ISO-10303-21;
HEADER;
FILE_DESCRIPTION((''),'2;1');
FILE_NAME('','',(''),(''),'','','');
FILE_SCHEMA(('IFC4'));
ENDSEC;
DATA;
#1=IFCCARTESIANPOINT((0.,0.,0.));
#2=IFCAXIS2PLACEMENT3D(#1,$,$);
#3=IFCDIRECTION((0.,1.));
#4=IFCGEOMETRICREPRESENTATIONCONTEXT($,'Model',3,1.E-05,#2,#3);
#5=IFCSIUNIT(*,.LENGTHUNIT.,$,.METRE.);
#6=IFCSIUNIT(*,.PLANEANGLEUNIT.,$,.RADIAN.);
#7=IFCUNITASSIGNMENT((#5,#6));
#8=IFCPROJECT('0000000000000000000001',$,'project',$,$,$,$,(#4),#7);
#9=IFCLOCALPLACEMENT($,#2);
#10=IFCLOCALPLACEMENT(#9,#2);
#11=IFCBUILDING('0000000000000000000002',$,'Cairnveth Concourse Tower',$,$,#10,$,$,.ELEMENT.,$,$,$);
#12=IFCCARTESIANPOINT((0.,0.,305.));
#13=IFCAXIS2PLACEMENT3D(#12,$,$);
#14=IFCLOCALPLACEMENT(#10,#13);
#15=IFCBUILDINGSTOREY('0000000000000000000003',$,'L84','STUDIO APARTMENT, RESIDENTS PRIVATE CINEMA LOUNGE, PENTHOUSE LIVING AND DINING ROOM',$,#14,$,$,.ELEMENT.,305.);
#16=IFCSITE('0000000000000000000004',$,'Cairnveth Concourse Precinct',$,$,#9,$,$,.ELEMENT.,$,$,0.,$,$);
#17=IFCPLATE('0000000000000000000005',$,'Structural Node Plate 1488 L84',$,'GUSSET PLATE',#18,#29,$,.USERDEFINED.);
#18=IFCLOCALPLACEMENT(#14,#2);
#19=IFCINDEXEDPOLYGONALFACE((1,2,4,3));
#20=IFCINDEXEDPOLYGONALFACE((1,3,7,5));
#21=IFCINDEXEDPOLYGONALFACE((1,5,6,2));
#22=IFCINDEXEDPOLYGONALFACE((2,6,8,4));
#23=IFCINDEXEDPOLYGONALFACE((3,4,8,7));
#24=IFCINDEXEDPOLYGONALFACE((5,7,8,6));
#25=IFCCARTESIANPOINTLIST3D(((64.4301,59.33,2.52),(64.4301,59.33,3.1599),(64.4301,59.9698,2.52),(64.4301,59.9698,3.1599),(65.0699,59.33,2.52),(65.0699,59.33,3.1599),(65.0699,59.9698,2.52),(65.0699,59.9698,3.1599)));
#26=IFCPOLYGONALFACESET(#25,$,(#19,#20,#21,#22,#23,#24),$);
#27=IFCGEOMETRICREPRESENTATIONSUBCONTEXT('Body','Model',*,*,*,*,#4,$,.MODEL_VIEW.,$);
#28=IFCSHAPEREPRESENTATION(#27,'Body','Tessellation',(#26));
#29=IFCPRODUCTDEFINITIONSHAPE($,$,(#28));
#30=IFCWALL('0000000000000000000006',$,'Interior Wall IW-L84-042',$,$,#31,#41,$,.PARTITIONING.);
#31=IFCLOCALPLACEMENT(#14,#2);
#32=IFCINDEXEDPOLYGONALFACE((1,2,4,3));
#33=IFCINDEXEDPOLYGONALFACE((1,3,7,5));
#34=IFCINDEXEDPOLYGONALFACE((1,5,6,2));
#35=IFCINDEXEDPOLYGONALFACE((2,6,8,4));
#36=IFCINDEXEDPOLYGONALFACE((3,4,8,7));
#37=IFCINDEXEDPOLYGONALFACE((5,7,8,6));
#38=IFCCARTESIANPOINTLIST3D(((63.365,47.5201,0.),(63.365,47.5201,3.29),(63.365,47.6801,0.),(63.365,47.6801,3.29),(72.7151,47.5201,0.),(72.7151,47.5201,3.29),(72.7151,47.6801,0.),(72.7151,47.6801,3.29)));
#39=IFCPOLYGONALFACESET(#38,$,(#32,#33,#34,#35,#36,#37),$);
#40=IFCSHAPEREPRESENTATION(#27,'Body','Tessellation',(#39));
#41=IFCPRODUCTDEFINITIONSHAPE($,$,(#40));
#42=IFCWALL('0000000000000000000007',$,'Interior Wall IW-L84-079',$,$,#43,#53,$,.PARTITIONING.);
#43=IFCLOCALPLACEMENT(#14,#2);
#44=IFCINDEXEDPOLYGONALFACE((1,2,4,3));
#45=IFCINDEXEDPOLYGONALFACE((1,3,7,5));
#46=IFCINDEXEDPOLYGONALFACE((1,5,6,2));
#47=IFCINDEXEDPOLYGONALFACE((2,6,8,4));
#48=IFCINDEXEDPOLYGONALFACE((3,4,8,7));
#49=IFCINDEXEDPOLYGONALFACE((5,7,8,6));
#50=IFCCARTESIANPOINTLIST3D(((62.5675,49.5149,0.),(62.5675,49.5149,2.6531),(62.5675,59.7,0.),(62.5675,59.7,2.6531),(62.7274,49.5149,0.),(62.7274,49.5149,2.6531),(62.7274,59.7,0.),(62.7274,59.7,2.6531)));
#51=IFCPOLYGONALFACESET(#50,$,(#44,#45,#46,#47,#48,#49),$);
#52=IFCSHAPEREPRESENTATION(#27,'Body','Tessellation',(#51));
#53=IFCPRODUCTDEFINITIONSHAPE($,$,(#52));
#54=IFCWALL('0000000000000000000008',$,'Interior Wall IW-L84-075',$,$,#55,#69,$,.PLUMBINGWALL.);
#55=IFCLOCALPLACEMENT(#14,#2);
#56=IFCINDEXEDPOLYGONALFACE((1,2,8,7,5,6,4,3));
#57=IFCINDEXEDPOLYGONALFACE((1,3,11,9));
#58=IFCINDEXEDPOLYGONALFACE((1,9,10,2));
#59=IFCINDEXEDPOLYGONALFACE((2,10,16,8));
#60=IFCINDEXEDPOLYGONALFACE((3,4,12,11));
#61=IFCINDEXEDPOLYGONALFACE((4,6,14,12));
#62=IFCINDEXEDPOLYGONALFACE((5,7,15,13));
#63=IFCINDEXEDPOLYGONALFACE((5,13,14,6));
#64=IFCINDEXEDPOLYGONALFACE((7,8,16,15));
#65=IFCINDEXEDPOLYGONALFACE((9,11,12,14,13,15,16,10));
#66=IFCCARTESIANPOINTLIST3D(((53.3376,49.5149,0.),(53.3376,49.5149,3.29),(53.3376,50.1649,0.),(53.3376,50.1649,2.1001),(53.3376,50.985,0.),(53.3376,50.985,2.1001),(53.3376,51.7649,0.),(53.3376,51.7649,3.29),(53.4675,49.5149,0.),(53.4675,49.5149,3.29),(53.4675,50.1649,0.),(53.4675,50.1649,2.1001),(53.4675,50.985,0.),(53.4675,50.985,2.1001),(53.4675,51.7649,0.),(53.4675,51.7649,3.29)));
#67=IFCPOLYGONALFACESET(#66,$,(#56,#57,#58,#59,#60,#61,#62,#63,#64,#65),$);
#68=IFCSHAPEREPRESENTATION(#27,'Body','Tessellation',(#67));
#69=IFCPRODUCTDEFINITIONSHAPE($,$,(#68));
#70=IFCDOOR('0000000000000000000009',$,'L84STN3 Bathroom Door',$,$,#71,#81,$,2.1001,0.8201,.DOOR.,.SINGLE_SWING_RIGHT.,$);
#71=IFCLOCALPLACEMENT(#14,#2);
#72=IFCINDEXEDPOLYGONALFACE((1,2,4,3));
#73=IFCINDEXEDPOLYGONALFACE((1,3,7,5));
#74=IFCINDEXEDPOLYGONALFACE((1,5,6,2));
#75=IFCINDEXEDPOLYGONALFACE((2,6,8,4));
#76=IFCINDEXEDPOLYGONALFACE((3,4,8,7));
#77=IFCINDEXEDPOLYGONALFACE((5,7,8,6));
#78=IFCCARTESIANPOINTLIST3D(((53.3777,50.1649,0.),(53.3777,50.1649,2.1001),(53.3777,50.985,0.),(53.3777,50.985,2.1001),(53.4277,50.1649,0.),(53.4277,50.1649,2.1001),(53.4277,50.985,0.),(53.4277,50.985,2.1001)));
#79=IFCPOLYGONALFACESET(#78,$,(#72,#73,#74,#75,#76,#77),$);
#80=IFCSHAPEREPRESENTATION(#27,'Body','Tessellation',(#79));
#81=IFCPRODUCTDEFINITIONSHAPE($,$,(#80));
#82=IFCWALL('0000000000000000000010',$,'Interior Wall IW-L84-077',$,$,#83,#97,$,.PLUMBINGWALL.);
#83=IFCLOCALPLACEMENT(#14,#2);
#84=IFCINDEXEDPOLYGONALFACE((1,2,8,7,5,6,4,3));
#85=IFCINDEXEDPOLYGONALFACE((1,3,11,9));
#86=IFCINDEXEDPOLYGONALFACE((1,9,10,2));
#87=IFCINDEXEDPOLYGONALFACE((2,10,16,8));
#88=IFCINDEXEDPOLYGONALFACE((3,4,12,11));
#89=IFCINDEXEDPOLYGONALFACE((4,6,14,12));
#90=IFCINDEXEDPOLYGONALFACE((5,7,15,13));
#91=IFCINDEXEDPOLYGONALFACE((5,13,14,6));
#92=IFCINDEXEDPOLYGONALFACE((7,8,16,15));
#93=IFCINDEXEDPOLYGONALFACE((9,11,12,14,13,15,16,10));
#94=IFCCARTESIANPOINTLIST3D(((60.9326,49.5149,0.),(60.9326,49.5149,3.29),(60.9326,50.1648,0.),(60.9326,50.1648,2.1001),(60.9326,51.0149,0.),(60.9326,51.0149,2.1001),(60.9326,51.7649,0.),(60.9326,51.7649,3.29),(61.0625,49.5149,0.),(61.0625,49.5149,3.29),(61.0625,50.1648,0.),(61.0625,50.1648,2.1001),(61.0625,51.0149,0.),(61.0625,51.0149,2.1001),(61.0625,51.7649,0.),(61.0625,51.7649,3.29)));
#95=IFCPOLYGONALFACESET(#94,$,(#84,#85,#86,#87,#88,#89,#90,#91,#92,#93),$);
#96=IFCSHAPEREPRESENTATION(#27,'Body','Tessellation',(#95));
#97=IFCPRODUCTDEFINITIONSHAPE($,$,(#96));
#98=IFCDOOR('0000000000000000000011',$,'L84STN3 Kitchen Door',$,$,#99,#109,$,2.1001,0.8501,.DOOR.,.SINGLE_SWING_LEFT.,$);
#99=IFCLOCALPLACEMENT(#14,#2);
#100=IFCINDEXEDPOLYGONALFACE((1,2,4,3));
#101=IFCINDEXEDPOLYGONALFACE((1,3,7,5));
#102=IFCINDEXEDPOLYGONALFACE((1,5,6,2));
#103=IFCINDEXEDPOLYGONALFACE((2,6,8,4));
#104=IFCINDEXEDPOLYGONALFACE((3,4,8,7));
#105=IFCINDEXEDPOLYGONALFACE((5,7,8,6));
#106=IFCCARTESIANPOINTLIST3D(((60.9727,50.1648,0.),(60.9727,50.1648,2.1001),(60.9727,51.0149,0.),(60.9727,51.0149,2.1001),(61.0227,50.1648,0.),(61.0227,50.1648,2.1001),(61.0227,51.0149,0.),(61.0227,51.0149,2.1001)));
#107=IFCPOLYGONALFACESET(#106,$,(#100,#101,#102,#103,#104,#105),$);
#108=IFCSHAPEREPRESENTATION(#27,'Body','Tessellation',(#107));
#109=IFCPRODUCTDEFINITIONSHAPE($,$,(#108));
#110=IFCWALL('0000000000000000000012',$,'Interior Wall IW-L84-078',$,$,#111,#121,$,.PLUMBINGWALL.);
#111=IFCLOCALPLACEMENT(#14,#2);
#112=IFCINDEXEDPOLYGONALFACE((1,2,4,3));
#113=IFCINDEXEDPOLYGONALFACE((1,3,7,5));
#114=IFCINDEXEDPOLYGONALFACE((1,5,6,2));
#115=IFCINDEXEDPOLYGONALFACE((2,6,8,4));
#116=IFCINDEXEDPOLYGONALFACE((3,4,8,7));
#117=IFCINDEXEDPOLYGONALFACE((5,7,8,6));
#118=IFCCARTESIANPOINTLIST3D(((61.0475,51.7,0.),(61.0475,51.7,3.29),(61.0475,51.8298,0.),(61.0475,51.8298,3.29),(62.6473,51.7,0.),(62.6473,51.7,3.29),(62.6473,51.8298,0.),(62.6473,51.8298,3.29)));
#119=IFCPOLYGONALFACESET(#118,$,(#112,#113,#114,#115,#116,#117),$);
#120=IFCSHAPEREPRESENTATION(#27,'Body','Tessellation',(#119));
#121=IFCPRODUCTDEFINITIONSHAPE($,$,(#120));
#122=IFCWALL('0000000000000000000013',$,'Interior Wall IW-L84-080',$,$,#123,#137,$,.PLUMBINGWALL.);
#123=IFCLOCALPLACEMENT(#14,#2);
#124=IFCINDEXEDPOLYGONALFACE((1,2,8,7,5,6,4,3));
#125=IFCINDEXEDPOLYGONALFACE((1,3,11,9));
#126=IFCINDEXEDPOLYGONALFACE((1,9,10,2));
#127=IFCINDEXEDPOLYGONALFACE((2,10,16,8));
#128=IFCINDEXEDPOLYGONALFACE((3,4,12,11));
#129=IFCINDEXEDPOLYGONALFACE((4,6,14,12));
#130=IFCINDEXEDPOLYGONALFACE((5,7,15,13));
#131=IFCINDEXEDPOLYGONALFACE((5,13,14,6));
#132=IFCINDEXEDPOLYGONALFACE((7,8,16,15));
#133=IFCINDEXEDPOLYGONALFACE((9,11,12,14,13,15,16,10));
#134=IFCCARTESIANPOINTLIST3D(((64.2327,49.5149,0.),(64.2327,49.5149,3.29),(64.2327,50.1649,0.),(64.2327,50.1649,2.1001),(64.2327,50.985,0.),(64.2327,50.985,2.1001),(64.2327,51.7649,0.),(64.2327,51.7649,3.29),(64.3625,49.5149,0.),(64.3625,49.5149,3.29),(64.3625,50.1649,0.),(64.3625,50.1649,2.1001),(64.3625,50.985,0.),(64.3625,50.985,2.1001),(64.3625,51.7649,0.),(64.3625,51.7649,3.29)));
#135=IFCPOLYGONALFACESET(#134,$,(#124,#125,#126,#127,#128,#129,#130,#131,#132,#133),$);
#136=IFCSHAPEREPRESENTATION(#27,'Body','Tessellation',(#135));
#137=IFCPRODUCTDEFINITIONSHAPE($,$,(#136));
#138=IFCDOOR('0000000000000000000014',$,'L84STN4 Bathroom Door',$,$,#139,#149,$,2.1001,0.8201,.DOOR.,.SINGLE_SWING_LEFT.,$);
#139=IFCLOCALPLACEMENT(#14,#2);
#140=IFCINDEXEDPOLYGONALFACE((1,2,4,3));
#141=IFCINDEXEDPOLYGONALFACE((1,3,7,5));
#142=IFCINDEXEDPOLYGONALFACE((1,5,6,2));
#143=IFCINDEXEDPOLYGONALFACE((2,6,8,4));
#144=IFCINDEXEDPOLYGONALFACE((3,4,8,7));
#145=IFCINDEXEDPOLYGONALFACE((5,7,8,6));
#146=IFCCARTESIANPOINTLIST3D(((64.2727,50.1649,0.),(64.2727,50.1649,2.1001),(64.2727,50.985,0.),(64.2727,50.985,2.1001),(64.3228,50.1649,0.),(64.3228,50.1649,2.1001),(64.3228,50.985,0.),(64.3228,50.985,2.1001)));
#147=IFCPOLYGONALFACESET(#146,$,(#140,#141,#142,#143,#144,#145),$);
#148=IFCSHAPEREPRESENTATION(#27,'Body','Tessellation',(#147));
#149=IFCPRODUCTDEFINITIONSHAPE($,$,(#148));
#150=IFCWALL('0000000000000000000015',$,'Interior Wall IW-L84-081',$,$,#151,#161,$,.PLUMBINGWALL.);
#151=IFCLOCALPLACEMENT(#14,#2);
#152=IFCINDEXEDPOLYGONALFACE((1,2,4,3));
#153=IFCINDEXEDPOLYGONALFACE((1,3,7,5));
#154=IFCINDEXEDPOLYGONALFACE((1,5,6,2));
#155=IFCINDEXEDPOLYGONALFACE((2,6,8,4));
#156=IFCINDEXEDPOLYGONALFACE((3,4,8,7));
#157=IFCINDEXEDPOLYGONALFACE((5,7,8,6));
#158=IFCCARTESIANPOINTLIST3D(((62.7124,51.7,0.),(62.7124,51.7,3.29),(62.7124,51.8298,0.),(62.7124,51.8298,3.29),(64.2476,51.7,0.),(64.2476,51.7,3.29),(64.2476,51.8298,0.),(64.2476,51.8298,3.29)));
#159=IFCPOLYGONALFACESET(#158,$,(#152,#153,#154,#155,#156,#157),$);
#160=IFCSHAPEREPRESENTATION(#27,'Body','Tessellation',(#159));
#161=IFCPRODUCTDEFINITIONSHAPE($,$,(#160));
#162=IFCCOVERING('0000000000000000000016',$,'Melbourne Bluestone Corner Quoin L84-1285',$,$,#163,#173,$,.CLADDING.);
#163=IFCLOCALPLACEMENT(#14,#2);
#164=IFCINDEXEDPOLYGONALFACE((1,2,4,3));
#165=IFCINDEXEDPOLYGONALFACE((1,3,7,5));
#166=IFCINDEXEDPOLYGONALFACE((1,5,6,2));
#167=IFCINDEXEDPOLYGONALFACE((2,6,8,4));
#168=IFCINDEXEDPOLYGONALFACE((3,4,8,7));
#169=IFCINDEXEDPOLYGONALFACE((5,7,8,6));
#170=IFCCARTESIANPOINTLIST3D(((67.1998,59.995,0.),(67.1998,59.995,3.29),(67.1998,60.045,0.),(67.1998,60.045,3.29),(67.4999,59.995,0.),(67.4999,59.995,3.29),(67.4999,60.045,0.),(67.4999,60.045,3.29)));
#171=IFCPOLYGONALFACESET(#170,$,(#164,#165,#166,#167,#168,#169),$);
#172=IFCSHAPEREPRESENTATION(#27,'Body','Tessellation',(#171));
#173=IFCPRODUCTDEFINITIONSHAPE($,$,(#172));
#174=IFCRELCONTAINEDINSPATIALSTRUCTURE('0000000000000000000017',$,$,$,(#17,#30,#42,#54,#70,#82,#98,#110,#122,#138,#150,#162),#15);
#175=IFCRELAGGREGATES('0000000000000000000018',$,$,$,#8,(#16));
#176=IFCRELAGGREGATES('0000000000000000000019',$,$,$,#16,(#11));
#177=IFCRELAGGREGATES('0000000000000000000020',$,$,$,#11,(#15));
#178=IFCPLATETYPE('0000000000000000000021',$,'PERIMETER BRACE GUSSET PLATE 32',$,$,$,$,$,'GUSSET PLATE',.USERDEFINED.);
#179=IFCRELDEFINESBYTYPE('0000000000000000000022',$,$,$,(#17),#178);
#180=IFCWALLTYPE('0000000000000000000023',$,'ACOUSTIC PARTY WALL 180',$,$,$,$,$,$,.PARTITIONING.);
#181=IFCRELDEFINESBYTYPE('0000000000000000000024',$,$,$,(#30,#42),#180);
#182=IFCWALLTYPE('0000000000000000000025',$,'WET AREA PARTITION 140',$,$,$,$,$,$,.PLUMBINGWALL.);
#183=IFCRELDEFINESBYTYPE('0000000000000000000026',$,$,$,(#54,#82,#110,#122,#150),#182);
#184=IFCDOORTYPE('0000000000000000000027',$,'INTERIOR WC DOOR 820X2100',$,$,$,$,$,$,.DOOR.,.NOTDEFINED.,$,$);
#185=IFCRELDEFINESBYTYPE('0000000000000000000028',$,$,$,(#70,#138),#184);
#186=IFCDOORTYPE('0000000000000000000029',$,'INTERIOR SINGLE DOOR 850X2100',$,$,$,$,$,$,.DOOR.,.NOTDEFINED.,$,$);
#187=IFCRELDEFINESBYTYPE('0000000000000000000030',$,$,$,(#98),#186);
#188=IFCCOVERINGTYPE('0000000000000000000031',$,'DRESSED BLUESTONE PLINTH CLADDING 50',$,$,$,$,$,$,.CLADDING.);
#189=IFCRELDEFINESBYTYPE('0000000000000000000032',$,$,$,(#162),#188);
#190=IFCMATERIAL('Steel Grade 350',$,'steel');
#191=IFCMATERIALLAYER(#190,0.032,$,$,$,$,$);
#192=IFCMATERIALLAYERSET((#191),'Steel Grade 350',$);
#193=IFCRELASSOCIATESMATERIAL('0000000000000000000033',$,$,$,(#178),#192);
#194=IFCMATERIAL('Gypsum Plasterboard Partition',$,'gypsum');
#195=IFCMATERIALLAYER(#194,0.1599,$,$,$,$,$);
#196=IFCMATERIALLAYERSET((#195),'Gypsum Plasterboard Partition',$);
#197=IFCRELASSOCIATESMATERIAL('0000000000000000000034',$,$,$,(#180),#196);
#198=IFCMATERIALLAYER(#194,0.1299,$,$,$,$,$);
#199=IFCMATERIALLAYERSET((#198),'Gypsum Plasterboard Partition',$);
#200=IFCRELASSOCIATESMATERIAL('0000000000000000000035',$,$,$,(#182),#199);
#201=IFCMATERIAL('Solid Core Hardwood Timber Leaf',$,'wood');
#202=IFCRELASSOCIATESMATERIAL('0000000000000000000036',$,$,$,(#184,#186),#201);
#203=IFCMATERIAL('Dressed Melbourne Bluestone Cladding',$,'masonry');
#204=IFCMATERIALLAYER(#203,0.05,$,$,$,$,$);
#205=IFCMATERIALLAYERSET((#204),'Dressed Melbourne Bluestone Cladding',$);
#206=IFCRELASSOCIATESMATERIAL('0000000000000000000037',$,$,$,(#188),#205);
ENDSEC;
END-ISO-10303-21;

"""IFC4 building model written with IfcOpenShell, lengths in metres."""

from ifc_helpers import new_model, si_unit, direction, frame, frame_2d, origin, origin_2d, place, context, subcontext, project, spatial, rectangle, extrude, material, layer, layer_set, type_object, element, fill, save


model = new_model("IFC4")

# Units and contexts
model_context = context("Model", 3, precision=1e-05, world=origin(), true_north=direction((0.0, 1.0)))
body_context = subcontext(model_context, "Body", "Model", "MODEL_VIEW")
ifc_project = project(units=[si_unit("LENGTHUNIT", "METRE"), si_unit("PLANEANGLEUNIT", "RADIAN")], contexts=[model_context])

# Site, building, storey
site_placement = place(None, origin())
site = spatial("IfcSite", under=ifc_project, at=site_placement, Name="Cairnveth Concourse Precinct", CompositionType="ELEMENT", RefElevation=0.0)
building_placement = place(site_placement, origin())
building = spatial("IfcBuilding", under=site, at=building_placement, Name="Cairnveth Concourse Tower", CompositionType="ELEMENT")
storey_placement = place(building_placement, frame((0.0, 0.0, 305.0)))
storey = spatial("IfcBuildingStorey", under=building, at=storey_placement, Name="L84", Description="STUDIO APARTMENT, RESIDENTS PRIVATE CINEMA LOUNGE, PENTHOUSE LIVING AND DINING ROOM", CompositionType="ELEMENT", Elevation=305.0)

# Shared definitions
ifc_material_1 = material(Name="Steel Grade 350", Category="steel")

# Plate
ifc_layer_1 = layer(ifc_material_1, 0.032)
ifc_layer_set_1 = layer_set([ifc_layer_1], Name="Steel Grade 350")
plate_type = type_object("IfcPlateType", Name="PERIMETER BRACE GUSSET PLATE 32", ElementType="GUSSET PLATE", PredefinedType="USERDEFINED", material=ifc_layer_set_1)
plate_placement = place(storey_placement, frame((64.75, 59.6499, 2.52), z_axis=(0.0, 0.0, 1.0), x_axis=(1.0, 0.0, 0.0)))
element("IfcPlate", 1, at=plate_placement, inside=storey, type_object=plate_type, Name="Structural Node Plate 1488 L84", ObjectType="GUSSET PLATE", PredefinedType="USERDEFINED", context=body_context, shape_type="SweptSolid", body=[
    extrude(rectangle(XDim=0.6399, YDim=0.6399, at=origin_2d()), origin(), (0.0, 0.0, 1.0), 0.6399),
])

# Walls
ifc_material_2 = material(Name="Gypsum Plasterboard Partition", Category="gypsum")
ifc_layer_2 = layer(ifc_material_2, 0.1599)
ifc_layer_set_2 = layer_set([ifc_layer_2], Name="Gypsum Plasterboard Partition")
wall_type_1 = type_object("IfcWallType", Name="ACOUSTIC PARTY WALL 180", PredefinedType="PARTITIONING", material=ifc_layer_set_2)
wall_1_placement = place(storey_placement, frame((63.365, 47.6001, 0.0), z_axis=(0.0, 0.0, 1.0), x_axis=(1.0, 0.0, 0.0)))
element("IfcWall", 2, at=wall_1_placement, inside=storey, type_object=wall_type_1, Name="Interior Wall IW-L84-042", PredefinedType="PARTITIONING", context=body_context, shape_type="SweptSolid", body=[
    extrude(rectangle(XDim=9.3501, YDim=0.1599, at=frame_2d((4.675, 0.0))), origin(), (0.0, 0.0, 1.0), 3.29),
])
wall_2_placement = place(storey_placement, frame((62.6475, 49.5149, 0.0), z_axis=(0.0, 0.0, 1.0), x_axis=(0.0, 1.0, 0.0)))
element("IfcWall", 3, at=wall_2_placement, inside=storey, type_object=wall_type_1, Name="Interior Wall IW-L84-079", PredefinedType="PARTITIONING", context=body_context, shape_type="SweptSolid", body=[
    extrude(rectangle(XDim=10.1851, YDim=0.1599, at=frame_2d((5.0925, 0.0))), origin(), (0.0, 0.0, 1.0), 2.6531),
])

# Walls, openings, doors
ifc_layer_3 = layer(ifc_material_2, 0.1299)
ifc_layer_set_3 = layer_set([ifc_layer_3], Name="Gypsum Plasterboard Partition")
wall_type_2 = type_object("IfcWallType", Name="WET AREA PARTITION 140", PredefinedType="PLUMBINGWALL", material=ifc_layer_set_3)
wall_3_placement = place(storey_placement, frame((53.4026, 49.5149, 0.0), z_axis=(0.0, 0.0, 1.0), x_axis=(0.0, 1.0, 0.0)))
wall_3 = element("IfcWall", 4, at=wall_3_placement, inside=storey, type_object=wall_type_2, Name="Interior Wall IW-L84-075", PredefinedType="PLUMBINGWALL", context=body_context, shape_type="SweptSolid", body=[
    extrude(rectangle(XDim=2.25, YDim=0.1299, at=frame_2d((1.125, 0.0))), origin(), (0.0, 0.0, 1.0), 3.29),
])
opening_1_placement = place(wall_3_placement, frame((0.6499, 0.0, 0.0)))
opening_1 = element("IfcOpeningElement", 5, at=opening_1_placement, cuts=wall_3, PredefinedType="OPENING", context=body_context, shape_type="SweptSolid", body=[
    extrude(rectangle(XDim=0.8201, YDim=2.1001, at=frame_2d((0.4102, 1.05))), frame((0.0, 0.075, 0.0), z_axis=(0.0, -1.0, 0.0), x_axis=(1.0, 0.0, 0.0)), (0.0, 0.0, 1.0), 0.1499),
])
ifc_material_3 = material(Name="Solid Core Hardwood Timber Leaf", Category="wood")
door_type_1 = type_object("IfcDoorType", Name="INTERIOR WC DOOR 820X2100", OperationType="NOTDEFINED", PredefinedType="DOOR", material=ifc_material_3)
door_1_placement = place(opening_1_placement, origin())
door_1 = element("IfcDoor", 6, at=door_1_placement, inside=storey, type_object=door_type_1, Name="L84STN3 Bathroom Door", OperationType="SINGLE_SWING_RIGHT", OverallHeight=2.1001, OverallWidth=0.8201, PredefinedType="DOOR", context=body_context, shape_type="SweptSolid", body=[
    extrude(rectangle(XDim=0.8201, YDim=2.1001, at=frame_2d((0.4102, 1.05))), frame((0.0, 0.0249, 0.0), z_axis=(0.0, -1.0, 0.0), x_axis=(1.0, 0.0, 0.0)), (0.0, 0.0, 1.0), 0.05),
])
fill(opening_1, door_1)
wall_4_placement = place(storey_placement, frame((60.9976, 49.5149, 0.0), z_axis=(0.0, 0.0, 1.0), x_axis=(0.0, 1.0, 0.0)))
wall_4 = element("IfcWall", 7, at=wall_4_placement, inside=storey, type_object=wall_type_2, Name="Interior Wall IW-L84-077", PredefinedType="PLUMBINGWALL", context=body_context, shape_type="SweptSolid", body=[
    extrude(rectangle(XDim=2.25, YDim=0.1299, at=frame_2d((1.125, 0.0))), origin(), (0.0, 0.0, 1.0), 3.29),
])
opening_2_placement = place(wall_4_placement, frame((0.6499, 0.0, 0.0)))
opening_2 = element("IfcOpeningElement", 8, at=opening_2_placement, cuts=wall_4, PredefinedType="OPENING", context=body_context, shape_type="SweptSolid", body=[
    extrude(rectangle(XDim=0.8501, YDim=2.1001, at=frame_2d((0.425, 1.05))), frame((0.0, 0.075, 0.0), z_axis=(0.0, -1.0, 0.0), x_axis=(1.0, 0.0, 0.0)), (0.0, 0.0, 1.0), 0.1499),
])
door_type_2 = type_object("IfcDoorType", Name="INTERIOR SINGLE DOOR 850X2100", OperationType="NOTDEFINED", PredefinedType="DOOR", material=ifc_material_3)
door_2_placement = place(opening_2_placement, origin())
door_2 = element("IfcDoor", 9, at=door_2_placement, inside=storey, type_object=door_type_2, Name="L84STN3 Kitchen Door", OperationType="SINGLE_SWING_LEFT", OverallHeight=2.1001, OverallWidth=0.8501, PredefinedType="DOOR", context=body_context, shape_type="SweptSolid", body=[
    extrude(rectangle(XDim=0.8501, YDim=2.1001, at=frame_2d((0.425, 1.05))), frame((0.0, 0.0249, 0.0), z_axis=(0.0, -1.0, 0.0), x_axis=(1.0, 0.0, 0.0)), (0.0, 0.0, 1.0), 0.05),
])
fill(opening_2, door_2)

# Wall
wall_5_placement = place(storey_placement, frame((61.0476, 51.7649, 0.0), z_axis=(0.0, 0.0, 1.0), x_axis=(1.0, 0.0, 0.0)))
element("IfcWall", 10, at=wall_5_placement, inside=storey, type_object=wall_type_2, Name="Interior Wall IW-L84-078", PredefinedType="PLUMBINGWALL", context=body_context, shape_type="SweptSolid", body=[
    extrude(rectangle(XDim=1.5999, YDim=0.1299, at=frame_2d((0.7998, 0.0))), origin(), (0.0, 0.0, 1.0), 3.29),
])

# Wall, opening, door
wall_6_placement = place(storey_placement, frame((64.2976, 49.5149, 0.0), z_axis=(0.0, 0.0, 1.0), x_axis=(0.0, 1.0, 0.0)))
wall_6 = element("IfcWall", 11, at=wall_6_placement, inside=storey, type_object=wall_type_2, Name="Interior Wall IW-L84-080", PredefinedType="PLUMBINGWALL", context=body_context, shape_type="SweptSolid", body=[
    extrude(rectangle(XDim=2.25, YDim=0.1299, at=frame_2d((1.125, 0.0))), origin(), (0.0, 0.0, 1.0), 3.29),
])
opening_3_placement = place(wall_6_placement, frame((0.6499, 0.0, 0.0)))
opening_3 = element("IfcOpeningElement", 12, at=opening_3_placement, cuts=wall_6, PredefinedType="OPENING", context=body_context, shape_type="SweptSolid", body=[
    extrude(rectangle(XDim=0.8201, YDim=2.1001, at=frame_2d((0.4102, 1.05))), frame((0.0, 0.075, 0.0), z_axis=(0.0, -1.0, 0.0), x_axis=(1.0, 0.0, 0.0)), (0.0, 0.0, 1.0), 0.1499),
])
door_3_placement = place(opening_3_placement, origin())
door_3 = element("IfcDoor", 13, at=door_3_placement, inside=storey, type_object=door_type_1, Name="L84STN4 Bathroom Door", OperationType="SINGLE_SWING_LEFT", OverallHeight=2.1001, OverallWidth=0.8201, PredefinedType="DOOR", context=body_context, shape_type="SweptSolid", body=[
    extrude(rectangle(XDim=0.8201, YDim=2.1001, at=frame_2d((0.4102, 1.05))), frame((0.0, 0.0249, 0.0), z_axis=(0.0, -1.0, 0.0), x_axis=(1.0, 0.0, 0.0)), (0.0, 0.0, 1.0), 0.05),
])
fill(opening_3, door_3)

# Wall
wall_7_placement = place(storey_placement, frame((62.7124, 51.7649, 0.0), z_axis=(0.0, 0.0, 1.0), x_axis=(1.0, 0.0, 0.0)))
element("IfcWall", 14, at=wall_7_placement, inside=storey, type_object=wall_type_2, Name="Interior Wall IW-L84-081", PredefinedType="PLUMBINGWALL", context=body_context, shape_type="SweptSolid", body=[
    extrude(rectangle(XDim=1.5352, YDim=0.1299, at=frame_2d((0.7676, 0.0))), origin(), (0.0, 0.0, 1.0), 3.29),
])

# Covering
ifc_material_4 = material(Name="Dressed Melbourne Bluestone Cladding", Category="masonry")
ifc_layer_4 = layer(ifc_material_4, 0.05)
ifc_layer_set_4 = layer_set([ifc_layer_4], Name="Dressed Melbourne Bluestone Cladding")
covering_type = type_object("IfcCoveringType", Name="DRESSED BLUESTONE PLINTH CLADDING 50", PredefinedType="CLADDING", material=ifc_layer_set_4)
for number, where, z_axis, x_axis, name in (
    (15, (67.2, 60.02, 0.0), (0.0, 0.0, 1.0), (1.0, 0.0, 0.0), "Melbourne Bluestone Corner Quoin L84-1285"),
):
    element("IfcCovering", number, at=place(storey_placement, frame(where, z_axis=z_axis, x_axis=x_axis)), inside=storey, type_object=covering_type, Name=name, PredefinedType="CLADDING", context=body_context, shape_type="SweptSolid", body=[
        extrude(rectangle(XDim=0.3, YDim=0.05, at=frame_2d((0.1499, 0.0))), origin(), (0.0, 0.0, 1.0), 3.29),
    ])

save(model, "model.ifc")
